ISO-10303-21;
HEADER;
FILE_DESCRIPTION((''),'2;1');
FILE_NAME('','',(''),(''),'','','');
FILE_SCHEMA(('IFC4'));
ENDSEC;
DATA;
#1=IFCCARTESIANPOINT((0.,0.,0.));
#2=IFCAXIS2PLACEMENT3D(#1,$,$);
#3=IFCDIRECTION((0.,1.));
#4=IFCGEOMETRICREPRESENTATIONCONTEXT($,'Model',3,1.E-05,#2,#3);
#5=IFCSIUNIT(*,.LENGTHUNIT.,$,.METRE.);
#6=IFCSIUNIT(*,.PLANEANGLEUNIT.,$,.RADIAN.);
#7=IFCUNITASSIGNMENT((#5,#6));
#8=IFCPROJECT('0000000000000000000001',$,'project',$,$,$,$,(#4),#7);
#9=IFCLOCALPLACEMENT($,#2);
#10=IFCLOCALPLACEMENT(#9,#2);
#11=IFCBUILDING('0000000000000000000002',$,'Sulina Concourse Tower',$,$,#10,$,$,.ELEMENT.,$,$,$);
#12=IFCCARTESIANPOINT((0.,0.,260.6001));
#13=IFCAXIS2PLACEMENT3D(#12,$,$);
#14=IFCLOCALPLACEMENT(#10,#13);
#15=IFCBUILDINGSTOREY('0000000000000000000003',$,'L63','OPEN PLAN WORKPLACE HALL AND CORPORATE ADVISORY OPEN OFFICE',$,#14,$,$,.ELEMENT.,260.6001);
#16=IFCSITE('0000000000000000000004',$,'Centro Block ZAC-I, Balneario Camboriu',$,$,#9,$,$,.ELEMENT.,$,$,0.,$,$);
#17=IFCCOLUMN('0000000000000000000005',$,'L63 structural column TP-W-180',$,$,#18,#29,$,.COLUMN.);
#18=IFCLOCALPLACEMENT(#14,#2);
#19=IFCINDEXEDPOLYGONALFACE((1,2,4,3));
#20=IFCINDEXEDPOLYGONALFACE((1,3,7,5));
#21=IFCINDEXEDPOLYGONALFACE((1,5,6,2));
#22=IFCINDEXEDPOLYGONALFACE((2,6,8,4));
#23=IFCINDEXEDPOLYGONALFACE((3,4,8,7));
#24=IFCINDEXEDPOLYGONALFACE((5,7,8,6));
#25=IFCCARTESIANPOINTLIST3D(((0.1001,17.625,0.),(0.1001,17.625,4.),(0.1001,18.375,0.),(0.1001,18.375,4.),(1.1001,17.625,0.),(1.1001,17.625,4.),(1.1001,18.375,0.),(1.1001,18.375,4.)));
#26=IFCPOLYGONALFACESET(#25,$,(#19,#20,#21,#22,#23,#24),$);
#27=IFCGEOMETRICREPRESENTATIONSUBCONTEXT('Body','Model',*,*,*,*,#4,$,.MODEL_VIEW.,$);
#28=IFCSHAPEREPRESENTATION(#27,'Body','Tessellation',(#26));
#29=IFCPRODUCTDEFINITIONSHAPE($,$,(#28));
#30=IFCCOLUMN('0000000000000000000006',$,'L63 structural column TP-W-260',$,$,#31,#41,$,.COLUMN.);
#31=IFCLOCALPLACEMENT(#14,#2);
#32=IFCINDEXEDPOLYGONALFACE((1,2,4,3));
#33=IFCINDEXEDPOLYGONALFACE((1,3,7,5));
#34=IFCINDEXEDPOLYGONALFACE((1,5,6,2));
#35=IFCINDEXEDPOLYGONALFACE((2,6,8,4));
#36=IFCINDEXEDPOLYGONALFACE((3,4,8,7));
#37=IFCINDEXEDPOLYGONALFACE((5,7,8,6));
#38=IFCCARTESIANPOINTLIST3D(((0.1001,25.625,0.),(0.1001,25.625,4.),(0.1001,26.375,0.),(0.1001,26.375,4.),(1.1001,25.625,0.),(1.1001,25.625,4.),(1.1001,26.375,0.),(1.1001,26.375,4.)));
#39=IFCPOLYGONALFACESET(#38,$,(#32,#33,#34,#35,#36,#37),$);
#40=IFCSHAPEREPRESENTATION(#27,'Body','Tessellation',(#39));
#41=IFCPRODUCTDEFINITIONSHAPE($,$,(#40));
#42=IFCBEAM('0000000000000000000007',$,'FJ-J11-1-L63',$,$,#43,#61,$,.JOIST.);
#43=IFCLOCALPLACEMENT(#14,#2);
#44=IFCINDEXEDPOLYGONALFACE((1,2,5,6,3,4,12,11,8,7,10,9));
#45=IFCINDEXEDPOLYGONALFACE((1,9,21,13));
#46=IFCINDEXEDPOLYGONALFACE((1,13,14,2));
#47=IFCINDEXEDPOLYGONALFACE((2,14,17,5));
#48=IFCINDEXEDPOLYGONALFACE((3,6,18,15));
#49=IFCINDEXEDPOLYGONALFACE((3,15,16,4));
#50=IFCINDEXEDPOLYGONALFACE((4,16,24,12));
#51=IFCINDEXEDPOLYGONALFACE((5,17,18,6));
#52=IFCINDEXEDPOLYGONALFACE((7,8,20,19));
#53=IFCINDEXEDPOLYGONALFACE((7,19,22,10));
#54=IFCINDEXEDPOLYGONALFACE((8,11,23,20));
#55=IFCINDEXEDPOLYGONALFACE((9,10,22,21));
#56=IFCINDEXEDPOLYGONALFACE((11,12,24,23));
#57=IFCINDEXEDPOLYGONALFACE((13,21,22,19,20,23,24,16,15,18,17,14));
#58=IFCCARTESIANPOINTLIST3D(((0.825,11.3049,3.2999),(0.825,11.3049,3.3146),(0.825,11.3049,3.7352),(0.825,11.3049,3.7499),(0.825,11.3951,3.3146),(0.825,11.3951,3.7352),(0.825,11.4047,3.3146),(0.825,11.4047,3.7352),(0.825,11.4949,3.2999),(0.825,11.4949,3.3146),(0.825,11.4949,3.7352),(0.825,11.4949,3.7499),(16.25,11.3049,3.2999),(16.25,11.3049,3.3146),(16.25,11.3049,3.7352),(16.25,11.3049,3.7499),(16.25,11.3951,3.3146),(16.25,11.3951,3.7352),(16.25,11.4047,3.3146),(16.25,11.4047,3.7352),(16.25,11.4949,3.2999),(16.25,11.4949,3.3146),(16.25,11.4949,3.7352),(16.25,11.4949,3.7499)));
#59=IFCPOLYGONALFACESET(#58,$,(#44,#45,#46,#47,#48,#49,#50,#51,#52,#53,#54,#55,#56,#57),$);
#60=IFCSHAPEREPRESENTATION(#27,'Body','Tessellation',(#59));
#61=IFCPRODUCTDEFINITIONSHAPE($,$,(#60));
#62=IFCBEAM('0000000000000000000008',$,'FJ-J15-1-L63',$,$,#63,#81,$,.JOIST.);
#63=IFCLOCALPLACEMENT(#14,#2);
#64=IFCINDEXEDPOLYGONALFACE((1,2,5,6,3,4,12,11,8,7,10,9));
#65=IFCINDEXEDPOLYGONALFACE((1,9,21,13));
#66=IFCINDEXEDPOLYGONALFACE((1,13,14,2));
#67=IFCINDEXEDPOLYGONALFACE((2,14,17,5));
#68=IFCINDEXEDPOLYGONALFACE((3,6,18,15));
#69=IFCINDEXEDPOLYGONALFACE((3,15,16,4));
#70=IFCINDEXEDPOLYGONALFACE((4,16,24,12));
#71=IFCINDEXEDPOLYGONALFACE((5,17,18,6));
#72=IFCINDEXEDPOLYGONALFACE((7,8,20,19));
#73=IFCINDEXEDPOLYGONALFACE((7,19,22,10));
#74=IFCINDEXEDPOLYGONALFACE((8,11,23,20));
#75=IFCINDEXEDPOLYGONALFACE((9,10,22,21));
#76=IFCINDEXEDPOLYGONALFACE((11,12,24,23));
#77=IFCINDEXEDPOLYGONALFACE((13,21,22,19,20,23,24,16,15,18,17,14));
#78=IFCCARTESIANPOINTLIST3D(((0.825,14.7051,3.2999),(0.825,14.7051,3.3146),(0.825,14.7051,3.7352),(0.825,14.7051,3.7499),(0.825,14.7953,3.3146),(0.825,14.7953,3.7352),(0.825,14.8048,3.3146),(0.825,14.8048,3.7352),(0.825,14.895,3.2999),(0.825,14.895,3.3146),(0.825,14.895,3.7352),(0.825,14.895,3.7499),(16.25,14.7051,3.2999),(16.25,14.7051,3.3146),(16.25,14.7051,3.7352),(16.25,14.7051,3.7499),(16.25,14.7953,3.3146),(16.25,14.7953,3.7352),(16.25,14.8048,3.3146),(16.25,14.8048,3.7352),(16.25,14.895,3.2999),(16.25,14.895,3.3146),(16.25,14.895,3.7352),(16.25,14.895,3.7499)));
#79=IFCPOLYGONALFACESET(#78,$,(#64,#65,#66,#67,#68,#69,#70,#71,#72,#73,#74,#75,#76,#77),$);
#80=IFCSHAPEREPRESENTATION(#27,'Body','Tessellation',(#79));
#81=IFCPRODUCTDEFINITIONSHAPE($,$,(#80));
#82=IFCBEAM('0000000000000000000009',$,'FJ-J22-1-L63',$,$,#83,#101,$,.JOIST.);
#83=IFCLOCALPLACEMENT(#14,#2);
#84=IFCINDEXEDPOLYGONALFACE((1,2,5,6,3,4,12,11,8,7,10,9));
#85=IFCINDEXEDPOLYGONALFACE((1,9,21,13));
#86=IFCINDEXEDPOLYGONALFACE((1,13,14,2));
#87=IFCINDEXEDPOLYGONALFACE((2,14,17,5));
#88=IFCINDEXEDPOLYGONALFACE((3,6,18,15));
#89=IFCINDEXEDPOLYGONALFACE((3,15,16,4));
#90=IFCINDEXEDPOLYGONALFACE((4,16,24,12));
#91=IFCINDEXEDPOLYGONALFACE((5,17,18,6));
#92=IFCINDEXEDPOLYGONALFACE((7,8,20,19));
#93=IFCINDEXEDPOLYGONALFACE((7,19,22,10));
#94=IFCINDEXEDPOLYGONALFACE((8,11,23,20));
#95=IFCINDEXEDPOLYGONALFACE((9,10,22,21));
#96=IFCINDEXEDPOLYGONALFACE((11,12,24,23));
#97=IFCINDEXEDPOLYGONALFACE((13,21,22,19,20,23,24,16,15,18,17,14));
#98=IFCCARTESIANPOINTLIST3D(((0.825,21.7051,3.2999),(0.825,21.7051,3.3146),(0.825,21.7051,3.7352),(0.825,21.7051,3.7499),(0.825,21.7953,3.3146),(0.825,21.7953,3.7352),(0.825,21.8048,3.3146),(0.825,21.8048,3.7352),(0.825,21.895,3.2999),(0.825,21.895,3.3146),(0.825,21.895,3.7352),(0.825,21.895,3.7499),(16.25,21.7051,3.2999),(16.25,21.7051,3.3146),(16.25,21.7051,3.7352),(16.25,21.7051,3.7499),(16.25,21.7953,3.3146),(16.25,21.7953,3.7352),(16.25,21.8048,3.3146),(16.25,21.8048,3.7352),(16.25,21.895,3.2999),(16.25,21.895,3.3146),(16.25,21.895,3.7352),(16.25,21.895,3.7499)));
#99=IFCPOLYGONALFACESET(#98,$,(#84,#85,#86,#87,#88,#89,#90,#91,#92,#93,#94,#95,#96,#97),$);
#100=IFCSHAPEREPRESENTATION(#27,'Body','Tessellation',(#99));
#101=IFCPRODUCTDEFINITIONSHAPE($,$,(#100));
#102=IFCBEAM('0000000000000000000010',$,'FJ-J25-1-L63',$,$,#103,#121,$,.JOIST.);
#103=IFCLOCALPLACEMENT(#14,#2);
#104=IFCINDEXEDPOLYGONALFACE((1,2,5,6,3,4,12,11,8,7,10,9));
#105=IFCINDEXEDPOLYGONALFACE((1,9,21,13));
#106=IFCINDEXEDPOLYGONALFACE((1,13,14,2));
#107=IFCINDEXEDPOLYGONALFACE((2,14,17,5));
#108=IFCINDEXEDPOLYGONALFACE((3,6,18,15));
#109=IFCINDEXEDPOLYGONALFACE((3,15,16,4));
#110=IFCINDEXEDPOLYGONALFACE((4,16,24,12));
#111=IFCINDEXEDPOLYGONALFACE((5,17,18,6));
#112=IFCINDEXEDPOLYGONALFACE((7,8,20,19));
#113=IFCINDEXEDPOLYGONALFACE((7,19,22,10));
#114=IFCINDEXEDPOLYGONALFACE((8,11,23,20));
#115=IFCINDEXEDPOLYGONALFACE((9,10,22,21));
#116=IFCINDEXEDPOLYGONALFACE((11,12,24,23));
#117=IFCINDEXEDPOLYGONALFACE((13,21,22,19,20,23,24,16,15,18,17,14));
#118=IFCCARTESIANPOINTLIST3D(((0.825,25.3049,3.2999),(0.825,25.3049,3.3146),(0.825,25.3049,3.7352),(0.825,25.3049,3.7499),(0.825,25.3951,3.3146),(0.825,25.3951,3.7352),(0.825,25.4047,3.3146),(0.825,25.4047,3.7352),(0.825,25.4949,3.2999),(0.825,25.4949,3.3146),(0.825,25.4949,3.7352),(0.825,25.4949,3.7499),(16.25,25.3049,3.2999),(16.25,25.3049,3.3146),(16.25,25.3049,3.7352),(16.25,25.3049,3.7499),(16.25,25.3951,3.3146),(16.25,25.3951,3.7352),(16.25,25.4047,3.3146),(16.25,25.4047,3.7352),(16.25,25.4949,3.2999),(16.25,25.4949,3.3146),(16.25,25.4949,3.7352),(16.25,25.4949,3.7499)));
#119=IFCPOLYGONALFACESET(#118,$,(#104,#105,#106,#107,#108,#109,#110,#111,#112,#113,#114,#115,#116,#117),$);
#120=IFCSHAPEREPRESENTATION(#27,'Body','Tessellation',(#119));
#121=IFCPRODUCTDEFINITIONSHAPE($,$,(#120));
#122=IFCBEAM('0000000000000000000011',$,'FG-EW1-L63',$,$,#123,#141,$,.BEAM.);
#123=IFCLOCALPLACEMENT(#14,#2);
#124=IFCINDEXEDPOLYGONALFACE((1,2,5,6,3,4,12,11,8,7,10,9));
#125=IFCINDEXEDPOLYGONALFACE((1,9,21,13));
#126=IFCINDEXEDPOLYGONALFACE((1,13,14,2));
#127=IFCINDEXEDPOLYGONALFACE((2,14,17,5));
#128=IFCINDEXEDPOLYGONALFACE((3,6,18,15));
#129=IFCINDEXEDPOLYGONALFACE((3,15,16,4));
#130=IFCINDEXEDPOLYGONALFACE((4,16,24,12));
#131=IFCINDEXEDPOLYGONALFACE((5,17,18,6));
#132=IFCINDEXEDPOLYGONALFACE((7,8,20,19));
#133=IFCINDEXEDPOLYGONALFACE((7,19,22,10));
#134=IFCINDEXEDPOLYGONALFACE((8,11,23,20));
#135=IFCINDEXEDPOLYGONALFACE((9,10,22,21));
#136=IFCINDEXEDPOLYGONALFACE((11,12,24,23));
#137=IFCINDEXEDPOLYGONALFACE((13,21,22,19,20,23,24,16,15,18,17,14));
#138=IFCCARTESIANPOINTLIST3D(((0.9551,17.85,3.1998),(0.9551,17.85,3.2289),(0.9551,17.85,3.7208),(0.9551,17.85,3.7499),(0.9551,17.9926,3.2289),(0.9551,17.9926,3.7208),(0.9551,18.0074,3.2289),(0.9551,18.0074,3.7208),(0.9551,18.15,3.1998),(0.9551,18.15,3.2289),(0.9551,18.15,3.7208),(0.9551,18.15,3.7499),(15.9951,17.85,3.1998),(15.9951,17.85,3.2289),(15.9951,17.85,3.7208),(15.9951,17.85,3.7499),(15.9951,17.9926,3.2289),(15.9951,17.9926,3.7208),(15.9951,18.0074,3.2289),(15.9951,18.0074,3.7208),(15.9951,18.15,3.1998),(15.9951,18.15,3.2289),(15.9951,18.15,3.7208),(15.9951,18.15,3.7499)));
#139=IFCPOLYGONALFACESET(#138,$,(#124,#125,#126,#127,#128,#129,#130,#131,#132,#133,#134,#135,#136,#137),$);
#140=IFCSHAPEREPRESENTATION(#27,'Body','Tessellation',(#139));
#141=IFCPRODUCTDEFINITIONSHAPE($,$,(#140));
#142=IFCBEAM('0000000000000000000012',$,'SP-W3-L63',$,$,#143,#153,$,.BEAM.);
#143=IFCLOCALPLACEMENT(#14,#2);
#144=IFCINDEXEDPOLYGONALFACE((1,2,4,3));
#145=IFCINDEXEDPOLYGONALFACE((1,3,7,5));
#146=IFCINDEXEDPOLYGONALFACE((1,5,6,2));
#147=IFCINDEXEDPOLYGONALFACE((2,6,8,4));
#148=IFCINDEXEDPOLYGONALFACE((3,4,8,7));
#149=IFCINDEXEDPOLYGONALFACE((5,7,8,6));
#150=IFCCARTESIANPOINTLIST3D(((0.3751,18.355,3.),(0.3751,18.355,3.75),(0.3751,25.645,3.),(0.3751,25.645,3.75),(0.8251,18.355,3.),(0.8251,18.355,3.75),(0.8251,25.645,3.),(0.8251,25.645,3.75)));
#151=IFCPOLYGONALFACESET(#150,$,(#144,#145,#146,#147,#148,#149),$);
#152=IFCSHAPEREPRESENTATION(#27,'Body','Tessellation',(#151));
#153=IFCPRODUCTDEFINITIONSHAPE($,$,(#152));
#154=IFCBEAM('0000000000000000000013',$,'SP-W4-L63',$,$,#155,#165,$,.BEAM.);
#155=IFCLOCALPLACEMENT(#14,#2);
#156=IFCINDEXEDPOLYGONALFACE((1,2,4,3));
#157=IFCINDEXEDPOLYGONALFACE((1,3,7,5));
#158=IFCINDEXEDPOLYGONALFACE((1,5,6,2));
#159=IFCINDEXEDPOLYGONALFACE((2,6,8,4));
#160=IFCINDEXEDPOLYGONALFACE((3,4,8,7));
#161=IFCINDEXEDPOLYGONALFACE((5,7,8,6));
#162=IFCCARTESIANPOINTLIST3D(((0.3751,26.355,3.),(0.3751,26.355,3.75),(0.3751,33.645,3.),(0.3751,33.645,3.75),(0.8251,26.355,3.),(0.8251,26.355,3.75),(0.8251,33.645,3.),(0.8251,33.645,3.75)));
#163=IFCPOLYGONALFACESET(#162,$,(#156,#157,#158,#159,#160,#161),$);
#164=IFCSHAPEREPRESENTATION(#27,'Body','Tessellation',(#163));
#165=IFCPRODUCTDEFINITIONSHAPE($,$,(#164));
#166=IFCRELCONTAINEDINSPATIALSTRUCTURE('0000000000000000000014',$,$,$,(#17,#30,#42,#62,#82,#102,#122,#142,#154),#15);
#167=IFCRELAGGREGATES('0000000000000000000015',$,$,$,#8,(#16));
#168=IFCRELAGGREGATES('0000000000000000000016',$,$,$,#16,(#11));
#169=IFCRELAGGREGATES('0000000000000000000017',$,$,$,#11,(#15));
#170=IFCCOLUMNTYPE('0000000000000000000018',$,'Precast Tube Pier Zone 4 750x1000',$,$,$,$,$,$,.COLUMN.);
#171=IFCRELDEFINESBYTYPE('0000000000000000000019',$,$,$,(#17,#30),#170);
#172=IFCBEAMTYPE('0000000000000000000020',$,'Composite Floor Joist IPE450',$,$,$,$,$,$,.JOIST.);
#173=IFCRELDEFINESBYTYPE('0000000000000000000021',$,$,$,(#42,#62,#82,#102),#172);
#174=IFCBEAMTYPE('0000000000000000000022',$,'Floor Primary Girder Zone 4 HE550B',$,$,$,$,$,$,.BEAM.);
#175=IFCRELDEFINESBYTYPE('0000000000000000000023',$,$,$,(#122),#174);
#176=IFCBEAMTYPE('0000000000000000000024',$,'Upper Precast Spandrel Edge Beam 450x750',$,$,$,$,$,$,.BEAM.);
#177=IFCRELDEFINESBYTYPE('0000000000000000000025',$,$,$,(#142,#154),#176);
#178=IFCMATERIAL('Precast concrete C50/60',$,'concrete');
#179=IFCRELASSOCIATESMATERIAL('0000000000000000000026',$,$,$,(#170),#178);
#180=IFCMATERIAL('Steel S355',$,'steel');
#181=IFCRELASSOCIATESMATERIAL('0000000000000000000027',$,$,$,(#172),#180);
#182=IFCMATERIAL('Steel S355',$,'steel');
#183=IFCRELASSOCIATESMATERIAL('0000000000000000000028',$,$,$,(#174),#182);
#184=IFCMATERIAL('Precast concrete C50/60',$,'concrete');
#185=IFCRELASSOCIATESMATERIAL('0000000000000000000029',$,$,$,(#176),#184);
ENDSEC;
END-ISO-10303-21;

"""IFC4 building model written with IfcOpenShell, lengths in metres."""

from ifc_helpers import new_model, si_unit, direction, frame, origin, origin_2d, place, context, subcontext, project, spatial, rectangle, i_section, extrude, material, material_profile, profile_set, type_object, element, save


model = new_model("IFC4")

# Units and contexts
model_context = context("Model", 3, precision=1e-05, world=origin(), true_north=direction((0.0, 1.0)))
body_context = subcontext(model_context, "Body", "Model", "MODEL_VIEW")
ifc_project = project(units=[si_unit("LENGTHUNIT", "METRE"), si_unit("PLANEANGLEUNIT", "RADIAN")], contexts=[model_context])

# Site, building, storey
site_placement = place(None, origin())
site = spatial("IfcSite", under=ifc_project, at=site_placement, Name="Centro Block ZAC-I, Balneario Camboriu", CompositionType="ELEMENT", RefElevation=0.0)
building_placement = place(site_placement, origin())
building = spatial("IfcBuilding", under=site, at=building_placement, Name="Sulina Concourse Tower", CompositionType="ELEMENT")
storey_placement = place(building_placement, frame((0.0, 0.0, 260.6001)))
storey = spatial("IfcBuildingStorey", under=building, at=storey_placement, Name="L63", Description="OPEN PLAN WORKPLACE HALL AND CORPORATE ADVISORY OPEN OFFICE", CompositionType="ELEMENT", Elevation=260.6001)

# Columns
ifc_material_1 = material(Name="Precast concrete C50/60", Category="concrete")
ifc_material_profile_1 = material_profile(ifc_material_1, rectangle(XDim=0.75, YDim=1.0, at=origin_2d()), Name="PC 750x1000")
ifc_profile_set_1 = profile_set([ifc_material_profile_1], Name="Precast concrete C50/60")
column_type = type_object("IfcColumnType", Name="Precast Tube Pier Zone 4 750x1000", PredefinedType="COLUMN", material=ifc_profile_set_1)
for number, where, z_axis, x_axis, name in (
    (1, (0.6001, 18.0, 0.0), (0.0, 0.0, 1.0), (0.0, 1.0, 0.0), "L63 structural column TP-W-180"),
    (2, (0.6001, 26.0, 0.0), (0.0, 0.0, 1.0), (0.0, 1.0, 0.0), "L63 structural column TP-W-260"),
):
    element("IfcColumn", number, at=place(storey_placement, frame(where, z_axis=z_axis, x_axis=x_axis)), inside=storey, type_object=column_type, Name=name, PredefinedType="COLUMN", context=body_context, shape_type="SweptSolid", body=[
        extrude(rectangle(XDim=0.75, YDim=1.0, at=origin_2d()), origin(), (0.0, 0.0, 1.0), 4.0),
    ])

# Beams
ifc_material_2 = material(Name="Steel S355", Category="steel")
ifc_material_profile_2 = material_profile(ifc_material_2, i_section(OverallWidth=0.1899, OverallDepth=0.45, WebThickness=0.0095, FlangeThickness=0.0146, at=origin_2d()), Name="IPE 450")
ifc_profile_set_2 = profile_set([ifc_material_profile_2], Name="Steel S355")
beam_type_1 = type_object("IfcBeamType", Name="Composite Floor Joist IPE450", PredefinedType="JOIST", material=ifc_profile_set_2)
for number, where, z_axis, x_axis, name in (
    (3, (0.825, 11.3999, 3.5249), (1.0, 0.0, 0.0), (0.0, 1.0, 0.0), "FJ-J11-1-L63"),
    (4, (0.825, 14.8, 3.5249), (1.0, 0.0, 0.0), (0.0, 1.0, 0.0), "FJ-J15-1-L63"),
    (5, (0.825, 21.8, 3.5249), (1.0, 0.0, 0.0), (0.0, 1.0, 0.0), "FJ-J22-1-L63"),
    (6, (0.825, 25.3999, 3.5249), (1.0, 0.0, 0.0), (0.0, 1.0, 0.0), "FJ-J25-1-L63"),
):
    element("IfcBeam", number, at=place(storey_placement, frame(where, z_axis=z_axis, x_axis=x_axis)), inside=storey, type_object=beam_type_1, Name=name, PredefinedType="JOIST", context=body_context, shape_type="SweptSolid", body=[
        extrude(i_section(OverallWidth=0.1899, OverallDepth=0.45, WebThickness=0.0095, FlangeThickness=0.0146, at=origin_2d()), origin(), (0.0, 0.0, 1.0), 15.425),
    ])
ifc_material_3 = material(Name="Steel S355", Category="steel")
ifc_material_profile_3 = material_profile(ifc_material_3, i_section(OverallWidth=0.3, OverallDepth=0.55, WebThickness=0.0149, FlangeThickness=0.0291, at=origin_2d()), Name="HE 550 B")
ifc_profile_set_3 = profile_set([ifc_material_profile_3], Name="Steel S355")
beam_type_2 = type_object("IfcBeamType", Name="Floor Primary Girder Zone 4 HE550B", PredefinedType="BEAM", material=ifc_profile_set_3)
beam_placement = place(storey_placement, frame((0.9551, 18.0, 3.4749), z_axis=(1.0, 0.0, 0.0), x_axis=(0.0, 1.0, 0.0)))
element("IfcBeam", 7, at=beam_placement, inside=storey, type_object=beam_type_2, Name="FG-EW1-L63", PredefinedType="BEAM", context=body_context, shape_type="SweptSolid", body=[
    extrude(i_section(OverallWidth=0.3, OverallDepth=0.55, WebThickness=0.0149, FlangeThickness=0.0291, at=origin_2d()), origin(), (0.0, 0.0, 1.0), 15.04),
])
ifc_material_4 = material(Name="Precast concrete C50/60", Category="concrete")
ifc_material_profile_4 = material_profile(ifc_material_4, rectangle(XDim=0.45, YDim=0.75, at=origin_2d()), Name="RC 450x750")
ifc_profile_set_4 = profile_set([ifc_material_profile_4], Name="Precast concrete C50/60")
beam_type_3 = type_object("IfcBeamType", Name="Upper Precast Spandrel Edge Beam 450x750", PredefinedType="BEAM", material=ifc_profile_set_4)
for number, where, z_axis, x_axis, name in (
    (8, (0.6001, 18.355, 3.375), (0.0, 1.0, 0.0), (-1.0, 0.0, 0.0), "SP-W3-L63"),
    (9, (0.6001, 26.355, 3.375), (0.0, 1.0, 0.0), (-1.0, 0.0, 0.0), "SP-W4-L63"),
):
    element("IfcBeam", number, at=place(storey_placement, frame(where, z_axis=z_axis, x_axis=x_axis)), inside=storey, type_object=beam_type_3, Name=name, PredefinedType="BEAM", context=body_context, shape_type="SweptSolid", body=[
        extrude(rectangle(XDim=0.45, YDim=0.75, at=origin_2d()), origin(), (0.0, 0.0, 1.0), 7.29),
    ])

save(model, "model.ifc")
